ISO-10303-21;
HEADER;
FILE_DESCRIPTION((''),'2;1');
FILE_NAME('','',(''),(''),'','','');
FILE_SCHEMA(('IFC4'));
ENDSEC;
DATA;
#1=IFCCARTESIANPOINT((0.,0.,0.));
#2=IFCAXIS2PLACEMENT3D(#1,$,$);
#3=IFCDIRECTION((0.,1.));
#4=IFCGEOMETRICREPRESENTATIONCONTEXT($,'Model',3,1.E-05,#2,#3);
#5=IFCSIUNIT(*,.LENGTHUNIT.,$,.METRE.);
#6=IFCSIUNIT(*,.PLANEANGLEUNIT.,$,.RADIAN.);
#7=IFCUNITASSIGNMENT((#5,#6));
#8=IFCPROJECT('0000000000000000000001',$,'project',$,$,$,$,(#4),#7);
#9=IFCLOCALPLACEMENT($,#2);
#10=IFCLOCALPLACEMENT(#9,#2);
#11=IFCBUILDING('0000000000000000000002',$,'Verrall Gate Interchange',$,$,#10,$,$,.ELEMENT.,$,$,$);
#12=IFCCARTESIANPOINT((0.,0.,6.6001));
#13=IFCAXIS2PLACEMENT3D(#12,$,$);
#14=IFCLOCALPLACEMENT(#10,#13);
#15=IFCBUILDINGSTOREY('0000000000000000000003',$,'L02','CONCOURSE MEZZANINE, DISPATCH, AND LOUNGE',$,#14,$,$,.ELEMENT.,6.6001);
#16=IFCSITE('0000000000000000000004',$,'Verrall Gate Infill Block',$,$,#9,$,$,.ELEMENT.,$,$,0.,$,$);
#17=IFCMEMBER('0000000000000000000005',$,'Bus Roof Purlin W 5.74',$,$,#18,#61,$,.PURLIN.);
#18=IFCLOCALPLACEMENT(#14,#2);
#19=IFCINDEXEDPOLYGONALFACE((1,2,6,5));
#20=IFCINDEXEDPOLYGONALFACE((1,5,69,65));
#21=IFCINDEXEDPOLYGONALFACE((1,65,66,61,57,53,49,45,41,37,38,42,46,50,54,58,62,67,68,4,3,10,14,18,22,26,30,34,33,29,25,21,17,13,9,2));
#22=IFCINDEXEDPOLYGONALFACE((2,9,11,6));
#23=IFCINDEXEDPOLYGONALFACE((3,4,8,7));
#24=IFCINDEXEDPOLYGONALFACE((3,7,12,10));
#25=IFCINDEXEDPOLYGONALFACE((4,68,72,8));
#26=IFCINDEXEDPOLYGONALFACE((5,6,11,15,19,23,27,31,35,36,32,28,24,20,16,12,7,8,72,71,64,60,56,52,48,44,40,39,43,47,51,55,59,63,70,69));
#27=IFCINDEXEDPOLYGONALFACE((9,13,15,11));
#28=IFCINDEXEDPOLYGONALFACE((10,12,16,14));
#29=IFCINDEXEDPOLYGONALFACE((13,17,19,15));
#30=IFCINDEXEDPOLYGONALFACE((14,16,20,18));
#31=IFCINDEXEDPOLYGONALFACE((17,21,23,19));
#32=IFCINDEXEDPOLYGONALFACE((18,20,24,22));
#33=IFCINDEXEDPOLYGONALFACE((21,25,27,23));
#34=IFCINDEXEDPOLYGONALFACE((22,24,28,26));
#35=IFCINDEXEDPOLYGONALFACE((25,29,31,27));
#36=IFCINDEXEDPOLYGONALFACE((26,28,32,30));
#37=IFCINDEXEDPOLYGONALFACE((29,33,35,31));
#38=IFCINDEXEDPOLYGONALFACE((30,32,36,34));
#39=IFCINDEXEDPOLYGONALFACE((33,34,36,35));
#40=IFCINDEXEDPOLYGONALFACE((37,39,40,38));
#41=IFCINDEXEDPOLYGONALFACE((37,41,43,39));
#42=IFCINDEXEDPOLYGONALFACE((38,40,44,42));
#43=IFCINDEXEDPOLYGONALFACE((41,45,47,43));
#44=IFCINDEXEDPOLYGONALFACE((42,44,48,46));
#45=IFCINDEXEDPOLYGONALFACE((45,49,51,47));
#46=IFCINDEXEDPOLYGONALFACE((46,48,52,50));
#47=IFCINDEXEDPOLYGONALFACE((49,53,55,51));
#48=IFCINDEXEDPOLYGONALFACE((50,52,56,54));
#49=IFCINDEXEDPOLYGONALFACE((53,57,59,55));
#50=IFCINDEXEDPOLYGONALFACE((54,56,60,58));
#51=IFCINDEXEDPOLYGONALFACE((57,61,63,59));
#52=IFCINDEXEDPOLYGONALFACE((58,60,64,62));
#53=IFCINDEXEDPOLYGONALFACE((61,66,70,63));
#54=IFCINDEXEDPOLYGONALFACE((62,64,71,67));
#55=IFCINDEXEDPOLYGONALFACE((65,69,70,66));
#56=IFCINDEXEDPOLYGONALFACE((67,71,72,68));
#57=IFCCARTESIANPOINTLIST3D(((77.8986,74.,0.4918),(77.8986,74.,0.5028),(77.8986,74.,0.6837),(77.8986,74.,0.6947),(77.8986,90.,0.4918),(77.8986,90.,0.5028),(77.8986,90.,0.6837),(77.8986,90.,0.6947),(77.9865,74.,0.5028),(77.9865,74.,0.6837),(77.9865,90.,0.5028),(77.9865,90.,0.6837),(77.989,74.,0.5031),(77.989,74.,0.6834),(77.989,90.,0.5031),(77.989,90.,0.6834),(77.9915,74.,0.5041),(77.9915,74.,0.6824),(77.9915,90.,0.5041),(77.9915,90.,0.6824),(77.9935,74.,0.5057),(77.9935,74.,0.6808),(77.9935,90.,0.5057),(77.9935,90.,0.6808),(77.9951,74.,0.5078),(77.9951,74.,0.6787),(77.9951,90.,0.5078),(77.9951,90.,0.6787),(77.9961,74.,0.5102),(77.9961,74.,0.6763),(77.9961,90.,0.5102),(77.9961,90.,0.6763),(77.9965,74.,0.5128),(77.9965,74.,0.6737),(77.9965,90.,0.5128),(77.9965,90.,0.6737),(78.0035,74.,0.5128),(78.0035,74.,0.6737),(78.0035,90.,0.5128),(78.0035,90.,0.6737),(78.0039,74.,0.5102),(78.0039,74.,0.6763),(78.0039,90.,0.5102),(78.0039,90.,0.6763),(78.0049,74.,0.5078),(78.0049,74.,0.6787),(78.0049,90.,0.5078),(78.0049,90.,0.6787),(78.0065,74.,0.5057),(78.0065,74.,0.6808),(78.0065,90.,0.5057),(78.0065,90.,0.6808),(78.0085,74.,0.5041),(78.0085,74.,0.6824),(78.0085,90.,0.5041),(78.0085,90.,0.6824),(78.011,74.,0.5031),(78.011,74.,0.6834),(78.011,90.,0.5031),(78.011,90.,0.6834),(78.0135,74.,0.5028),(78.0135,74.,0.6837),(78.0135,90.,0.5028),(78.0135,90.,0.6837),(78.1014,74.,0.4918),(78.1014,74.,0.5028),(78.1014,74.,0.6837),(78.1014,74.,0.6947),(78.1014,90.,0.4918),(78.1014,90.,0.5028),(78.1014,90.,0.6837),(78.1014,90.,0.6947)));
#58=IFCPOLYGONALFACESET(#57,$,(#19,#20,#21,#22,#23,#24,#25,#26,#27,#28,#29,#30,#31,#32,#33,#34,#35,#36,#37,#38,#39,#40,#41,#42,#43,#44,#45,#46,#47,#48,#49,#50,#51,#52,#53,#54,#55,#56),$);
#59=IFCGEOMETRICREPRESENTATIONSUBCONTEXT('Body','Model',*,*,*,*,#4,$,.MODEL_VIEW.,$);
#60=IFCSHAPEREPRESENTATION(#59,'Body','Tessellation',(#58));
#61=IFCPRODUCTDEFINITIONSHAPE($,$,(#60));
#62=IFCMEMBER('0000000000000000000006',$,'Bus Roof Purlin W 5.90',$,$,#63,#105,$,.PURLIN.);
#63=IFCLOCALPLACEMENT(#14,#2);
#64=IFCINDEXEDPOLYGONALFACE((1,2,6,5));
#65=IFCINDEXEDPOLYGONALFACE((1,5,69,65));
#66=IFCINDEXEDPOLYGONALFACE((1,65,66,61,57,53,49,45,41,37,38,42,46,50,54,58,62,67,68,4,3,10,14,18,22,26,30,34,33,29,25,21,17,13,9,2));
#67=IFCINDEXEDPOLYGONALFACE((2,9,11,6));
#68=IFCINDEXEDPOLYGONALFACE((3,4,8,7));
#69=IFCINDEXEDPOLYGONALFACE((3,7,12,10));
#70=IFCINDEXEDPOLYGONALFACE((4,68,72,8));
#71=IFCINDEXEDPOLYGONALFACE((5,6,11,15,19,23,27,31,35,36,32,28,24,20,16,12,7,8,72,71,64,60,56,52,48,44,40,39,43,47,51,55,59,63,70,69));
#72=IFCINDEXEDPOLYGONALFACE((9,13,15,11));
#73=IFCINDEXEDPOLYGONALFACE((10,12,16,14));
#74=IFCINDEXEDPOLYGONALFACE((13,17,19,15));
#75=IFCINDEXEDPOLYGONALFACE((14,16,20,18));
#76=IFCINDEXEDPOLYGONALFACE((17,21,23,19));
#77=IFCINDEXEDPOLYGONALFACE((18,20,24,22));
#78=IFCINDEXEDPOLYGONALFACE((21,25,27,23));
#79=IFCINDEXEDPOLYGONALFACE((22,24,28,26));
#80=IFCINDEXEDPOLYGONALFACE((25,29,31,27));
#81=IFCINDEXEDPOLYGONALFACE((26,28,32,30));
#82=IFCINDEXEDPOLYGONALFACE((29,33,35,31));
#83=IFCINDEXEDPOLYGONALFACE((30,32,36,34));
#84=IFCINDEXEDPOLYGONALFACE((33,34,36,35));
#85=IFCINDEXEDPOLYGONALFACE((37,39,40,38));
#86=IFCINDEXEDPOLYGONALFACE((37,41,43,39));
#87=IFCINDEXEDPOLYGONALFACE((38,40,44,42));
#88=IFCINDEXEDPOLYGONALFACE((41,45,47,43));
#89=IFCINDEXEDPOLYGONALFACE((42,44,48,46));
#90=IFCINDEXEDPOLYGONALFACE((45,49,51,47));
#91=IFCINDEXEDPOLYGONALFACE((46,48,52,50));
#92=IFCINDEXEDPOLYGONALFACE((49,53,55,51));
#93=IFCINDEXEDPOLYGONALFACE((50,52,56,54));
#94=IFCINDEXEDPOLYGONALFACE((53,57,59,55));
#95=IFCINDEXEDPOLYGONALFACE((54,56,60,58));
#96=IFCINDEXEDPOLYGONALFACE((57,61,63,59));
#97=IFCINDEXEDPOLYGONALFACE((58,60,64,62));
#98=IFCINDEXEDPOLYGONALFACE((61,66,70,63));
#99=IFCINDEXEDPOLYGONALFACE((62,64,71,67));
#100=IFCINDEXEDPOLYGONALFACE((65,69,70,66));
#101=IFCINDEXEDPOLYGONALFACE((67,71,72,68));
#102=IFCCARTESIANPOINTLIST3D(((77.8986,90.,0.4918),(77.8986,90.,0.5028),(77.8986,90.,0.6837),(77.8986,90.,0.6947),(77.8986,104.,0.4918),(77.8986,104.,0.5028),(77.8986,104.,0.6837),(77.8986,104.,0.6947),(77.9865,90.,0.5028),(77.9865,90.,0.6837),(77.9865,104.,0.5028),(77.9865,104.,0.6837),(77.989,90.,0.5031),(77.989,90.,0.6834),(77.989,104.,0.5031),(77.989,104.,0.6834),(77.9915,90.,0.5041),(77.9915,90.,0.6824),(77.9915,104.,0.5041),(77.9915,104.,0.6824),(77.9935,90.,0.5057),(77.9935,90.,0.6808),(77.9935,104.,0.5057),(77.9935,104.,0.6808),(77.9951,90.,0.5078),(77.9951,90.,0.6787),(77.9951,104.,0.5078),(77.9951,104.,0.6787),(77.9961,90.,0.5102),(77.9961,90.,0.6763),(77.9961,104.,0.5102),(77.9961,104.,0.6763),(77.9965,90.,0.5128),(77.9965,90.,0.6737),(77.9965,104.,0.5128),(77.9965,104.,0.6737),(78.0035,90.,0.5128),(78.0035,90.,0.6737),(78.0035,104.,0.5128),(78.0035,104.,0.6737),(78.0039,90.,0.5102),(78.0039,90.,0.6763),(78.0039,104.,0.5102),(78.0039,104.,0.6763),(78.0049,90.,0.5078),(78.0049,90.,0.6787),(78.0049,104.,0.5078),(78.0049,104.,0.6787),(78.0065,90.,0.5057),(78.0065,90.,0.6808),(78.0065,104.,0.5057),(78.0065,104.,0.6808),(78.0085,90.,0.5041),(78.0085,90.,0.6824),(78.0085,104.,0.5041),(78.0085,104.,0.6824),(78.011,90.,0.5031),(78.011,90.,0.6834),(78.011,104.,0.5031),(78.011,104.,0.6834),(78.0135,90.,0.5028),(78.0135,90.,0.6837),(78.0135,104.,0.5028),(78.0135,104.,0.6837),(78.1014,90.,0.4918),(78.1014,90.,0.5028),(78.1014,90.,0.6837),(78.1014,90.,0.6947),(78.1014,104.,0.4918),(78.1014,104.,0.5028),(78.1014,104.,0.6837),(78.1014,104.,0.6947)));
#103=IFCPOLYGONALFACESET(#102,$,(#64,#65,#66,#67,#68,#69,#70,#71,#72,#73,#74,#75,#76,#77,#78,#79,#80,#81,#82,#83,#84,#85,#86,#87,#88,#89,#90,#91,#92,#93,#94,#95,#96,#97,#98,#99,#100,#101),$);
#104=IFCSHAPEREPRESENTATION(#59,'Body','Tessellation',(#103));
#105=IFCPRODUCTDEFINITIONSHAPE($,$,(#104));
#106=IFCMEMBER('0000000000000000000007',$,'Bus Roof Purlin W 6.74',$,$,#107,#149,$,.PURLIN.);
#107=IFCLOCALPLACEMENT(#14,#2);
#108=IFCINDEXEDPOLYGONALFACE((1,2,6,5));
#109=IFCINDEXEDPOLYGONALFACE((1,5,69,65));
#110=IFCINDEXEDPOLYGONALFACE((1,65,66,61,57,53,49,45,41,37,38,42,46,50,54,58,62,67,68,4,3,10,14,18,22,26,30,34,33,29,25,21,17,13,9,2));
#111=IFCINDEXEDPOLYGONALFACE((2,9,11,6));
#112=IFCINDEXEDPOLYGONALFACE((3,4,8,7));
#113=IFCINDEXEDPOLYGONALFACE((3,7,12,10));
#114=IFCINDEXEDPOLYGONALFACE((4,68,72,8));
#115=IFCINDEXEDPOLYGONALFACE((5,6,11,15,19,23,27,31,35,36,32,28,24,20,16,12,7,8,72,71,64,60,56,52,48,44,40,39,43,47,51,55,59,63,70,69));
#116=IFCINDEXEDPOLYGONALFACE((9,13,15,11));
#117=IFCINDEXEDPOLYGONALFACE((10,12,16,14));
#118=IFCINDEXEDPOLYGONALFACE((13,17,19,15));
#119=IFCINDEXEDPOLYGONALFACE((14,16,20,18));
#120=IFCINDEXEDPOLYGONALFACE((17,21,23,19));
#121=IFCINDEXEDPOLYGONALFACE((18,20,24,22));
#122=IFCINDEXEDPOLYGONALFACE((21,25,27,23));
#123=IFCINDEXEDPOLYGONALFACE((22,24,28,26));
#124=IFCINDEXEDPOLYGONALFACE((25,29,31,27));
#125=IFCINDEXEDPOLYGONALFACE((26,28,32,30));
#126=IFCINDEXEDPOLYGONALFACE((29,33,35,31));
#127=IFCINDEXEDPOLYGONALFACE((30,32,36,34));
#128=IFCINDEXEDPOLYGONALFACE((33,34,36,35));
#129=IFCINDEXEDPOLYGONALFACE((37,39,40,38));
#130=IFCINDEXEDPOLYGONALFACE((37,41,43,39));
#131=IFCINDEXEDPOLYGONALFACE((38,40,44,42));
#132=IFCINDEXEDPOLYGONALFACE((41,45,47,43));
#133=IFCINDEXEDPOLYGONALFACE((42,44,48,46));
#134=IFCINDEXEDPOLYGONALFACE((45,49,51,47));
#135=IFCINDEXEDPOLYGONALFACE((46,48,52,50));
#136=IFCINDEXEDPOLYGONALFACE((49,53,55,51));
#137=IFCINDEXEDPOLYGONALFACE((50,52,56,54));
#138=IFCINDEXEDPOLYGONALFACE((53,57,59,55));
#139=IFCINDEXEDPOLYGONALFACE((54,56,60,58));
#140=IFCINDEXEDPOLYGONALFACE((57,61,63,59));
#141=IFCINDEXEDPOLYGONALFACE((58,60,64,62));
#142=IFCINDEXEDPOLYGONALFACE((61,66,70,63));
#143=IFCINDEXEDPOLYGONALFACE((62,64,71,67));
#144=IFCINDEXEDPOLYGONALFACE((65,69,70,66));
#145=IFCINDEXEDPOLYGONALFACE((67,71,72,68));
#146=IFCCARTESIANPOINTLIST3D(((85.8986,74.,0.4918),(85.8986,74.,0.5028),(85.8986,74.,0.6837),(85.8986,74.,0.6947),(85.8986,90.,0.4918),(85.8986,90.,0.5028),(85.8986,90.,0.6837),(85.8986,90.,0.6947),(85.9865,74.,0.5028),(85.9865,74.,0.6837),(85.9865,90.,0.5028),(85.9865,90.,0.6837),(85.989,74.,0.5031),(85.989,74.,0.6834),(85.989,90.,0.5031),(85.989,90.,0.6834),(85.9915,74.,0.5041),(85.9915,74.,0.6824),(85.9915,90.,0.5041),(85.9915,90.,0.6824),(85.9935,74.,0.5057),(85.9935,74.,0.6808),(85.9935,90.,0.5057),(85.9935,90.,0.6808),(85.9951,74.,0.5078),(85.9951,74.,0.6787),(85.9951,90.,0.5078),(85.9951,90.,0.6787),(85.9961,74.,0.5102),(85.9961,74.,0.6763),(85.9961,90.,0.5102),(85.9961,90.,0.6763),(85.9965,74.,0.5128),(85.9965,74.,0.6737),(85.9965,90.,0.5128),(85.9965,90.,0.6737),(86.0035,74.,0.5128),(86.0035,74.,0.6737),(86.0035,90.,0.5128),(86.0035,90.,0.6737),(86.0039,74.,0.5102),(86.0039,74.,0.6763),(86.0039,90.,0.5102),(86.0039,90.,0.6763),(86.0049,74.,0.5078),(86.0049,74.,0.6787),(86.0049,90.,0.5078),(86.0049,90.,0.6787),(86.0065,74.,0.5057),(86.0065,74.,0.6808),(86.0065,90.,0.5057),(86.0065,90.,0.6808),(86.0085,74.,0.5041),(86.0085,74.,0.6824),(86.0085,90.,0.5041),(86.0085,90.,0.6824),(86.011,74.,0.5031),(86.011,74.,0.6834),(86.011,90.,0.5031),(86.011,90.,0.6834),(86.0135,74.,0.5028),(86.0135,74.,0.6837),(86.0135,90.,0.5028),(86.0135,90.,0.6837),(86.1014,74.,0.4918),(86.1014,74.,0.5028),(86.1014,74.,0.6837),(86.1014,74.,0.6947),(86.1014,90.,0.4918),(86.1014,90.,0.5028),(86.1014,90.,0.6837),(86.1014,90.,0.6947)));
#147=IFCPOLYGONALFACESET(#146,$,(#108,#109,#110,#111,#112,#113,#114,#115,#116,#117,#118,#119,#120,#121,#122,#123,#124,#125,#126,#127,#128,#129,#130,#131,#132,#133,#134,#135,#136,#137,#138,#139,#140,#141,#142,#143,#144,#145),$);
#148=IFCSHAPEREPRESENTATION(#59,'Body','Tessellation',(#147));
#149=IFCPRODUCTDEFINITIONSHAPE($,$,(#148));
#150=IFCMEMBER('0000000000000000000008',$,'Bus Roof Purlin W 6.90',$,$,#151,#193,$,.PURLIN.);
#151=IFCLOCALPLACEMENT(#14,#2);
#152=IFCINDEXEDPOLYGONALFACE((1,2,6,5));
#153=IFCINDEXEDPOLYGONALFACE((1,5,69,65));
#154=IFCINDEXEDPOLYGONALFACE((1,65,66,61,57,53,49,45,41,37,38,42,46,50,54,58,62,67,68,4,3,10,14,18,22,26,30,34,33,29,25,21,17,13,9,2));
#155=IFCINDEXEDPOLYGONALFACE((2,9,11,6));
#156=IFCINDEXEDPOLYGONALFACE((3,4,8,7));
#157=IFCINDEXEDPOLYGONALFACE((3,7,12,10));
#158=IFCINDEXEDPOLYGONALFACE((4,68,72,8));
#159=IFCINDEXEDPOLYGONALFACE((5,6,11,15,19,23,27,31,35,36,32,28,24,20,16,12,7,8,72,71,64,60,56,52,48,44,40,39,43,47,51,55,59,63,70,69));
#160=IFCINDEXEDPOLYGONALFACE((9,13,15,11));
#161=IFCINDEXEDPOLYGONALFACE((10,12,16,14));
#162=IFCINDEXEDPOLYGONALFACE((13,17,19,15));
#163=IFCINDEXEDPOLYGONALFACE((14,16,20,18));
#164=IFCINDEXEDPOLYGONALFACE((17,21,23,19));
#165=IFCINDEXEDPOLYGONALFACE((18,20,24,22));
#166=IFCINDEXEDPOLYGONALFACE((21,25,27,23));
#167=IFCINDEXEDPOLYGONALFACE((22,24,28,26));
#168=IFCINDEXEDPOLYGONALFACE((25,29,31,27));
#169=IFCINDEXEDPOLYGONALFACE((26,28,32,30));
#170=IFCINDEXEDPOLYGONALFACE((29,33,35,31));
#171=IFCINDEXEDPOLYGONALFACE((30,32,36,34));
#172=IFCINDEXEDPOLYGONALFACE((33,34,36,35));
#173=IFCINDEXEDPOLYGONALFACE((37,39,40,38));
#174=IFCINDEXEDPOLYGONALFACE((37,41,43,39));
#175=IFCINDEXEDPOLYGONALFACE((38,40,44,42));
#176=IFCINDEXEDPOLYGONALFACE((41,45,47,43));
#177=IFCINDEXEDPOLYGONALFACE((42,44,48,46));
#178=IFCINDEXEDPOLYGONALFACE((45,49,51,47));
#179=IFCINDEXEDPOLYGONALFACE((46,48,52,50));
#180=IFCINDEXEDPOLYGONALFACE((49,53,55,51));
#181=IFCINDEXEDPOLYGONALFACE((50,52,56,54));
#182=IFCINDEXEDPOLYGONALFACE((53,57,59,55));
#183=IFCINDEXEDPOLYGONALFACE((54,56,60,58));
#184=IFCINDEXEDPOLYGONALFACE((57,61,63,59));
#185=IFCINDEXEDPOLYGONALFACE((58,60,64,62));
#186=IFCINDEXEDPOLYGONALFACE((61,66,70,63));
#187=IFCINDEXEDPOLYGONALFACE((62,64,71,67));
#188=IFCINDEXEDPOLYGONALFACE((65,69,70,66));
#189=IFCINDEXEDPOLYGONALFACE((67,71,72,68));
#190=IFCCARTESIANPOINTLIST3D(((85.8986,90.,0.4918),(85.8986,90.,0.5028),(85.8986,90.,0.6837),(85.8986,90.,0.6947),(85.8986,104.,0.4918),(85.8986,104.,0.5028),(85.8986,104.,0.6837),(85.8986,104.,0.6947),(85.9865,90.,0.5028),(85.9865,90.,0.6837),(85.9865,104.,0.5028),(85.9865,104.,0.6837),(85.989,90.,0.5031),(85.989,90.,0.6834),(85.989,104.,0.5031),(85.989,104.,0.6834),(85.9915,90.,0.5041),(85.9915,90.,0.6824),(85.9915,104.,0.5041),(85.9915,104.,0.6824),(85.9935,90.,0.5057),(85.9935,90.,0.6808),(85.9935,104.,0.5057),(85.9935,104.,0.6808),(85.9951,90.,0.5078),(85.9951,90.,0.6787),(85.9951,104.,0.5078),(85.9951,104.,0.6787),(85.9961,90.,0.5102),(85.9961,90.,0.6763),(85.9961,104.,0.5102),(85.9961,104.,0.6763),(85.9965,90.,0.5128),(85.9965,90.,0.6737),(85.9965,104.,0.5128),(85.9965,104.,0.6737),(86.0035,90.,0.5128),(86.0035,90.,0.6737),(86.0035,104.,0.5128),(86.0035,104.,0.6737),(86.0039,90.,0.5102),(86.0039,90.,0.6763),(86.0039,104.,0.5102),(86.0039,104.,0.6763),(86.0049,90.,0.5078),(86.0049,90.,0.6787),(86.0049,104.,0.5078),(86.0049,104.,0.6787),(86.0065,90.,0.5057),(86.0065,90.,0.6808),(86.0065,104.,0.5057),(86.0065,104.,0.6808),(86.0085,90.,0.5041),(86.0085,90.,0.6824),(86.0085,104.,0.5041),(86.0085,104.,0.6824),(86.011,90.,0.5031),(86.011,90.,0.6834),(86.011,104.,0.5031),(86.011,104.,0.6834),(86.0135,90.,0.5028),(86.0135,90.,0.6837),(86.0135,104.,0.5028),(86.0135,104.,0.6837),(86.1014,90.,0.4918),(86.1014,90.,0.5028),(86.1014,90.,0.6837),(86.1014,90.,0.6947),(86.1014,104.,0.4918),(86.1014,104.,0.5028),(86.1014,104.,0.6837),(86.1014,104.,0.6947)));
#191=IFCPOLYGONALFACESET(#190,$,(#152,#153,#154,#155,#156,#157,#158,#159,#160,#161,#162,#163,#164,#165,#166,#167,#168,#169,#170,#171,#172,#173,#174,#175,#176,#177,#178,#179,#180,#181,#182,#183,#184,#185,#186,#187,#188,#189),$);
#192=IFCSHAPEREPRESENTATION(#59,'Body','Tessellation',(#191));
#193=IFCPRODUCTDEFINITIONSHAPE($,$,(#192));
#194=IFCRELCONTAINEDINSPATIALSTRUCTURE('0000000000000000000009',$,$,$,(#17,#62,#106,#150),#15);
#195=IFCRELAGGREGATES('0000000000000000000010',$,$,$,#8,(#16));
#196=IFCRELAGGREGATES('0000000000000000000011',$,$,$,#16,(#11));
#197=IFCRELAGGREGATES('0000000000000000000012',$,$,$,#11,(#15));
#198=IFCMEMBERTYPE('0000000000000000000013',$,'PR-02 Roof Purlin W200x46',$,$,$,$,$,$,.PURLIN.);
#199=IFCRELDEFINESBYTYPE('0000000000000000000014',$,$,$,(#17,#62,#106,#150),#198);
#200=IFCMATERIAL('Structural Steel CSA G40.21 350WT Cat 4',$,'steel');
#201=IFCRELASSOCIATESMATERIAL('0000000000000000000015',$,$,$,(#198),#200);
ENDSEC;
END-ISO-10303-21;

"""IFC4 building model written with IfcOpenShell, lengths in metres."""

from ifc_helpers import new_model, si_unit, direction, frame, origin, origin_2d, place, context, subcontext, project, spatial, i_section, extrude, material, material_profile, profile_set, type_object, element, save


model = new_model("IFC4")

# Units and contexts
model_context = context("Model", 3, precision=1e-05, world=origin(), true_north=direction((0.0, 1.0)))
body_context = subcontext(model_context, "Body", "Model", "MODEL_VIEW")
ifc_project = project(units=[si_unit("LENGTHUNIT", "METRE"), si_unit("PLANEANGLEUNIT", "RADIAN")], contexts=[model_context])

# Site, building, storey
site_placement = place(None, origin())
site = spatial("IfcSite", under=ifc_project, at=site_placement, Name="Verrall Gate Infill Block", CompositionType="ELEMENT", RefElevation=0.0)
building_placement = place(site_placement, origin())
building = spatial("IfcBuilding", under=site, at=building_placement, Name="Verrall Gate Interchange", CompositionType="ELEMENT")
storey_placement = place(building_placement, frame((0.0, 0.0, 6.6001)))
storey = spatial("IfcBuildingStorey", under=building, at=storey_placement, Name="L02", Description="CONCOURSE MEZZANINE, DISPATCH, AND LOUNGE", CompositionType="ELEMENT", Elevation=6.6001)

# Members
ifc_material_1 = material(Name="Structural Steel CSA G40.21 350WT Cat 4", Category="steel")
ifc_material_profile_1 = material_profile(ifc_material_1, i_section(OverallWidth=0.2029, OverallDepth=0.2029, WebThickness=0.0071, FlangeThickness=0.011, FilletRadius=0.01, at=origin_2d()), Name="W200x46")
ifc_profile_set_1 = profile_set([ifc_material_profile_1], Name="Structural Steel CSA G40.21 350WT Cat 4")
member_type_1 = type_object("IfcMemberType", Name="PR-02 Roof Purlin W200x46", PredefinedType="PURLIN", material=ifc_profile_set_1)
member_1_placement = place(storey_placement, frame((78.0, 74.0, 0.5933), z_axis=(0.0, 1.0, 0.0), x_axis=(-1.0, 0.0, 0.0)))
element("IfcMember", 1, at=member_1_placement, inside=storey, type_object=member_type_1, Name="Bus Roof Purlin W 5.74", PredefinedType="PURLIN", context=body_context, shape_type="SweptSolid", body=[
    extrude(i_section(OverallWidth=0.2029, OverallDepth=0.2029, WebThickness=0.0071, FlangeThickness=0.011, FilletRadius=0.01, at=origin_2d()), origin(), (0.0, 0.0, 1.0), 16.0),
])
member_2_placement = place(storey_placement, frame((78.0, 90.0, 0.5933), z_axis=(0.0, 1.0, 0.0), x_axis=(-1.0, 0.0, 0.0)))
element("IfcMember", 2, at=member_2_placement, inside=storey, type_object=member_type_1, Name="Bus Roof Purlin W 5.90", PredefinedType="PURLIN", context=body_context, shape_type="SweptSolid", body=[
    extrude(i_section(OverallWidth=0.2029, OverallDepth=0.2029, WebThickness=0.0071, FlangeThickness=0.011, FilletRadius=0.01, at=origin_2d()), origin(), (0.0, 0.0, 1.0), 14.0),
])
member_3_placement = place(storey_placement, frame((86.0, 74.0, 0.5933), z_axis=(0.0, 1.0, 0.0), x_axis=(-1.0, 0.0, 0.0)))
element("IfcMember", 3, at=member_3_placement, inside=storey, type_object=member_type_1, Name="Bus Roof Purlin W 6.74", PredefinedType="PURLIN", context=body_context, shape_type="SweptSolid", body=[
    extrude(i_section(OverallWidth=0.2029, OverallDepth=0.2029, WebThickness=0.0071, FlangeThickness=0.011, FilletRadius=0.01, at=origin_2d()), origin(), (0.0, 0.0, 1.0), 16.0),
])
member_4_placement = place(storey_placement, frame((86.0, 90.0, 0.5933), z_axis=(0.0, 1.0, 0.0), x_axis=(-1.0, 0.0, 0.0)))
element("IfcMember", 4, at=member_4_placement, inside=storey, type_object=member_type_1, Name="Bus Roof Purlin W 6.90", PredefinedType="PURLIN", context=body_context, shape_type="SweptSolid", body=[
    extrude(i_section(OverallWidth=0.2029, OverallDepth=0.2029, WebThickness=0.0071, FlangeThickness=0.011, FilletRadius=0.01, at=origin_2d()), origin(), (0.0, 0.0, 1.0), 14.0),
])

save(model, "model.ifc")
